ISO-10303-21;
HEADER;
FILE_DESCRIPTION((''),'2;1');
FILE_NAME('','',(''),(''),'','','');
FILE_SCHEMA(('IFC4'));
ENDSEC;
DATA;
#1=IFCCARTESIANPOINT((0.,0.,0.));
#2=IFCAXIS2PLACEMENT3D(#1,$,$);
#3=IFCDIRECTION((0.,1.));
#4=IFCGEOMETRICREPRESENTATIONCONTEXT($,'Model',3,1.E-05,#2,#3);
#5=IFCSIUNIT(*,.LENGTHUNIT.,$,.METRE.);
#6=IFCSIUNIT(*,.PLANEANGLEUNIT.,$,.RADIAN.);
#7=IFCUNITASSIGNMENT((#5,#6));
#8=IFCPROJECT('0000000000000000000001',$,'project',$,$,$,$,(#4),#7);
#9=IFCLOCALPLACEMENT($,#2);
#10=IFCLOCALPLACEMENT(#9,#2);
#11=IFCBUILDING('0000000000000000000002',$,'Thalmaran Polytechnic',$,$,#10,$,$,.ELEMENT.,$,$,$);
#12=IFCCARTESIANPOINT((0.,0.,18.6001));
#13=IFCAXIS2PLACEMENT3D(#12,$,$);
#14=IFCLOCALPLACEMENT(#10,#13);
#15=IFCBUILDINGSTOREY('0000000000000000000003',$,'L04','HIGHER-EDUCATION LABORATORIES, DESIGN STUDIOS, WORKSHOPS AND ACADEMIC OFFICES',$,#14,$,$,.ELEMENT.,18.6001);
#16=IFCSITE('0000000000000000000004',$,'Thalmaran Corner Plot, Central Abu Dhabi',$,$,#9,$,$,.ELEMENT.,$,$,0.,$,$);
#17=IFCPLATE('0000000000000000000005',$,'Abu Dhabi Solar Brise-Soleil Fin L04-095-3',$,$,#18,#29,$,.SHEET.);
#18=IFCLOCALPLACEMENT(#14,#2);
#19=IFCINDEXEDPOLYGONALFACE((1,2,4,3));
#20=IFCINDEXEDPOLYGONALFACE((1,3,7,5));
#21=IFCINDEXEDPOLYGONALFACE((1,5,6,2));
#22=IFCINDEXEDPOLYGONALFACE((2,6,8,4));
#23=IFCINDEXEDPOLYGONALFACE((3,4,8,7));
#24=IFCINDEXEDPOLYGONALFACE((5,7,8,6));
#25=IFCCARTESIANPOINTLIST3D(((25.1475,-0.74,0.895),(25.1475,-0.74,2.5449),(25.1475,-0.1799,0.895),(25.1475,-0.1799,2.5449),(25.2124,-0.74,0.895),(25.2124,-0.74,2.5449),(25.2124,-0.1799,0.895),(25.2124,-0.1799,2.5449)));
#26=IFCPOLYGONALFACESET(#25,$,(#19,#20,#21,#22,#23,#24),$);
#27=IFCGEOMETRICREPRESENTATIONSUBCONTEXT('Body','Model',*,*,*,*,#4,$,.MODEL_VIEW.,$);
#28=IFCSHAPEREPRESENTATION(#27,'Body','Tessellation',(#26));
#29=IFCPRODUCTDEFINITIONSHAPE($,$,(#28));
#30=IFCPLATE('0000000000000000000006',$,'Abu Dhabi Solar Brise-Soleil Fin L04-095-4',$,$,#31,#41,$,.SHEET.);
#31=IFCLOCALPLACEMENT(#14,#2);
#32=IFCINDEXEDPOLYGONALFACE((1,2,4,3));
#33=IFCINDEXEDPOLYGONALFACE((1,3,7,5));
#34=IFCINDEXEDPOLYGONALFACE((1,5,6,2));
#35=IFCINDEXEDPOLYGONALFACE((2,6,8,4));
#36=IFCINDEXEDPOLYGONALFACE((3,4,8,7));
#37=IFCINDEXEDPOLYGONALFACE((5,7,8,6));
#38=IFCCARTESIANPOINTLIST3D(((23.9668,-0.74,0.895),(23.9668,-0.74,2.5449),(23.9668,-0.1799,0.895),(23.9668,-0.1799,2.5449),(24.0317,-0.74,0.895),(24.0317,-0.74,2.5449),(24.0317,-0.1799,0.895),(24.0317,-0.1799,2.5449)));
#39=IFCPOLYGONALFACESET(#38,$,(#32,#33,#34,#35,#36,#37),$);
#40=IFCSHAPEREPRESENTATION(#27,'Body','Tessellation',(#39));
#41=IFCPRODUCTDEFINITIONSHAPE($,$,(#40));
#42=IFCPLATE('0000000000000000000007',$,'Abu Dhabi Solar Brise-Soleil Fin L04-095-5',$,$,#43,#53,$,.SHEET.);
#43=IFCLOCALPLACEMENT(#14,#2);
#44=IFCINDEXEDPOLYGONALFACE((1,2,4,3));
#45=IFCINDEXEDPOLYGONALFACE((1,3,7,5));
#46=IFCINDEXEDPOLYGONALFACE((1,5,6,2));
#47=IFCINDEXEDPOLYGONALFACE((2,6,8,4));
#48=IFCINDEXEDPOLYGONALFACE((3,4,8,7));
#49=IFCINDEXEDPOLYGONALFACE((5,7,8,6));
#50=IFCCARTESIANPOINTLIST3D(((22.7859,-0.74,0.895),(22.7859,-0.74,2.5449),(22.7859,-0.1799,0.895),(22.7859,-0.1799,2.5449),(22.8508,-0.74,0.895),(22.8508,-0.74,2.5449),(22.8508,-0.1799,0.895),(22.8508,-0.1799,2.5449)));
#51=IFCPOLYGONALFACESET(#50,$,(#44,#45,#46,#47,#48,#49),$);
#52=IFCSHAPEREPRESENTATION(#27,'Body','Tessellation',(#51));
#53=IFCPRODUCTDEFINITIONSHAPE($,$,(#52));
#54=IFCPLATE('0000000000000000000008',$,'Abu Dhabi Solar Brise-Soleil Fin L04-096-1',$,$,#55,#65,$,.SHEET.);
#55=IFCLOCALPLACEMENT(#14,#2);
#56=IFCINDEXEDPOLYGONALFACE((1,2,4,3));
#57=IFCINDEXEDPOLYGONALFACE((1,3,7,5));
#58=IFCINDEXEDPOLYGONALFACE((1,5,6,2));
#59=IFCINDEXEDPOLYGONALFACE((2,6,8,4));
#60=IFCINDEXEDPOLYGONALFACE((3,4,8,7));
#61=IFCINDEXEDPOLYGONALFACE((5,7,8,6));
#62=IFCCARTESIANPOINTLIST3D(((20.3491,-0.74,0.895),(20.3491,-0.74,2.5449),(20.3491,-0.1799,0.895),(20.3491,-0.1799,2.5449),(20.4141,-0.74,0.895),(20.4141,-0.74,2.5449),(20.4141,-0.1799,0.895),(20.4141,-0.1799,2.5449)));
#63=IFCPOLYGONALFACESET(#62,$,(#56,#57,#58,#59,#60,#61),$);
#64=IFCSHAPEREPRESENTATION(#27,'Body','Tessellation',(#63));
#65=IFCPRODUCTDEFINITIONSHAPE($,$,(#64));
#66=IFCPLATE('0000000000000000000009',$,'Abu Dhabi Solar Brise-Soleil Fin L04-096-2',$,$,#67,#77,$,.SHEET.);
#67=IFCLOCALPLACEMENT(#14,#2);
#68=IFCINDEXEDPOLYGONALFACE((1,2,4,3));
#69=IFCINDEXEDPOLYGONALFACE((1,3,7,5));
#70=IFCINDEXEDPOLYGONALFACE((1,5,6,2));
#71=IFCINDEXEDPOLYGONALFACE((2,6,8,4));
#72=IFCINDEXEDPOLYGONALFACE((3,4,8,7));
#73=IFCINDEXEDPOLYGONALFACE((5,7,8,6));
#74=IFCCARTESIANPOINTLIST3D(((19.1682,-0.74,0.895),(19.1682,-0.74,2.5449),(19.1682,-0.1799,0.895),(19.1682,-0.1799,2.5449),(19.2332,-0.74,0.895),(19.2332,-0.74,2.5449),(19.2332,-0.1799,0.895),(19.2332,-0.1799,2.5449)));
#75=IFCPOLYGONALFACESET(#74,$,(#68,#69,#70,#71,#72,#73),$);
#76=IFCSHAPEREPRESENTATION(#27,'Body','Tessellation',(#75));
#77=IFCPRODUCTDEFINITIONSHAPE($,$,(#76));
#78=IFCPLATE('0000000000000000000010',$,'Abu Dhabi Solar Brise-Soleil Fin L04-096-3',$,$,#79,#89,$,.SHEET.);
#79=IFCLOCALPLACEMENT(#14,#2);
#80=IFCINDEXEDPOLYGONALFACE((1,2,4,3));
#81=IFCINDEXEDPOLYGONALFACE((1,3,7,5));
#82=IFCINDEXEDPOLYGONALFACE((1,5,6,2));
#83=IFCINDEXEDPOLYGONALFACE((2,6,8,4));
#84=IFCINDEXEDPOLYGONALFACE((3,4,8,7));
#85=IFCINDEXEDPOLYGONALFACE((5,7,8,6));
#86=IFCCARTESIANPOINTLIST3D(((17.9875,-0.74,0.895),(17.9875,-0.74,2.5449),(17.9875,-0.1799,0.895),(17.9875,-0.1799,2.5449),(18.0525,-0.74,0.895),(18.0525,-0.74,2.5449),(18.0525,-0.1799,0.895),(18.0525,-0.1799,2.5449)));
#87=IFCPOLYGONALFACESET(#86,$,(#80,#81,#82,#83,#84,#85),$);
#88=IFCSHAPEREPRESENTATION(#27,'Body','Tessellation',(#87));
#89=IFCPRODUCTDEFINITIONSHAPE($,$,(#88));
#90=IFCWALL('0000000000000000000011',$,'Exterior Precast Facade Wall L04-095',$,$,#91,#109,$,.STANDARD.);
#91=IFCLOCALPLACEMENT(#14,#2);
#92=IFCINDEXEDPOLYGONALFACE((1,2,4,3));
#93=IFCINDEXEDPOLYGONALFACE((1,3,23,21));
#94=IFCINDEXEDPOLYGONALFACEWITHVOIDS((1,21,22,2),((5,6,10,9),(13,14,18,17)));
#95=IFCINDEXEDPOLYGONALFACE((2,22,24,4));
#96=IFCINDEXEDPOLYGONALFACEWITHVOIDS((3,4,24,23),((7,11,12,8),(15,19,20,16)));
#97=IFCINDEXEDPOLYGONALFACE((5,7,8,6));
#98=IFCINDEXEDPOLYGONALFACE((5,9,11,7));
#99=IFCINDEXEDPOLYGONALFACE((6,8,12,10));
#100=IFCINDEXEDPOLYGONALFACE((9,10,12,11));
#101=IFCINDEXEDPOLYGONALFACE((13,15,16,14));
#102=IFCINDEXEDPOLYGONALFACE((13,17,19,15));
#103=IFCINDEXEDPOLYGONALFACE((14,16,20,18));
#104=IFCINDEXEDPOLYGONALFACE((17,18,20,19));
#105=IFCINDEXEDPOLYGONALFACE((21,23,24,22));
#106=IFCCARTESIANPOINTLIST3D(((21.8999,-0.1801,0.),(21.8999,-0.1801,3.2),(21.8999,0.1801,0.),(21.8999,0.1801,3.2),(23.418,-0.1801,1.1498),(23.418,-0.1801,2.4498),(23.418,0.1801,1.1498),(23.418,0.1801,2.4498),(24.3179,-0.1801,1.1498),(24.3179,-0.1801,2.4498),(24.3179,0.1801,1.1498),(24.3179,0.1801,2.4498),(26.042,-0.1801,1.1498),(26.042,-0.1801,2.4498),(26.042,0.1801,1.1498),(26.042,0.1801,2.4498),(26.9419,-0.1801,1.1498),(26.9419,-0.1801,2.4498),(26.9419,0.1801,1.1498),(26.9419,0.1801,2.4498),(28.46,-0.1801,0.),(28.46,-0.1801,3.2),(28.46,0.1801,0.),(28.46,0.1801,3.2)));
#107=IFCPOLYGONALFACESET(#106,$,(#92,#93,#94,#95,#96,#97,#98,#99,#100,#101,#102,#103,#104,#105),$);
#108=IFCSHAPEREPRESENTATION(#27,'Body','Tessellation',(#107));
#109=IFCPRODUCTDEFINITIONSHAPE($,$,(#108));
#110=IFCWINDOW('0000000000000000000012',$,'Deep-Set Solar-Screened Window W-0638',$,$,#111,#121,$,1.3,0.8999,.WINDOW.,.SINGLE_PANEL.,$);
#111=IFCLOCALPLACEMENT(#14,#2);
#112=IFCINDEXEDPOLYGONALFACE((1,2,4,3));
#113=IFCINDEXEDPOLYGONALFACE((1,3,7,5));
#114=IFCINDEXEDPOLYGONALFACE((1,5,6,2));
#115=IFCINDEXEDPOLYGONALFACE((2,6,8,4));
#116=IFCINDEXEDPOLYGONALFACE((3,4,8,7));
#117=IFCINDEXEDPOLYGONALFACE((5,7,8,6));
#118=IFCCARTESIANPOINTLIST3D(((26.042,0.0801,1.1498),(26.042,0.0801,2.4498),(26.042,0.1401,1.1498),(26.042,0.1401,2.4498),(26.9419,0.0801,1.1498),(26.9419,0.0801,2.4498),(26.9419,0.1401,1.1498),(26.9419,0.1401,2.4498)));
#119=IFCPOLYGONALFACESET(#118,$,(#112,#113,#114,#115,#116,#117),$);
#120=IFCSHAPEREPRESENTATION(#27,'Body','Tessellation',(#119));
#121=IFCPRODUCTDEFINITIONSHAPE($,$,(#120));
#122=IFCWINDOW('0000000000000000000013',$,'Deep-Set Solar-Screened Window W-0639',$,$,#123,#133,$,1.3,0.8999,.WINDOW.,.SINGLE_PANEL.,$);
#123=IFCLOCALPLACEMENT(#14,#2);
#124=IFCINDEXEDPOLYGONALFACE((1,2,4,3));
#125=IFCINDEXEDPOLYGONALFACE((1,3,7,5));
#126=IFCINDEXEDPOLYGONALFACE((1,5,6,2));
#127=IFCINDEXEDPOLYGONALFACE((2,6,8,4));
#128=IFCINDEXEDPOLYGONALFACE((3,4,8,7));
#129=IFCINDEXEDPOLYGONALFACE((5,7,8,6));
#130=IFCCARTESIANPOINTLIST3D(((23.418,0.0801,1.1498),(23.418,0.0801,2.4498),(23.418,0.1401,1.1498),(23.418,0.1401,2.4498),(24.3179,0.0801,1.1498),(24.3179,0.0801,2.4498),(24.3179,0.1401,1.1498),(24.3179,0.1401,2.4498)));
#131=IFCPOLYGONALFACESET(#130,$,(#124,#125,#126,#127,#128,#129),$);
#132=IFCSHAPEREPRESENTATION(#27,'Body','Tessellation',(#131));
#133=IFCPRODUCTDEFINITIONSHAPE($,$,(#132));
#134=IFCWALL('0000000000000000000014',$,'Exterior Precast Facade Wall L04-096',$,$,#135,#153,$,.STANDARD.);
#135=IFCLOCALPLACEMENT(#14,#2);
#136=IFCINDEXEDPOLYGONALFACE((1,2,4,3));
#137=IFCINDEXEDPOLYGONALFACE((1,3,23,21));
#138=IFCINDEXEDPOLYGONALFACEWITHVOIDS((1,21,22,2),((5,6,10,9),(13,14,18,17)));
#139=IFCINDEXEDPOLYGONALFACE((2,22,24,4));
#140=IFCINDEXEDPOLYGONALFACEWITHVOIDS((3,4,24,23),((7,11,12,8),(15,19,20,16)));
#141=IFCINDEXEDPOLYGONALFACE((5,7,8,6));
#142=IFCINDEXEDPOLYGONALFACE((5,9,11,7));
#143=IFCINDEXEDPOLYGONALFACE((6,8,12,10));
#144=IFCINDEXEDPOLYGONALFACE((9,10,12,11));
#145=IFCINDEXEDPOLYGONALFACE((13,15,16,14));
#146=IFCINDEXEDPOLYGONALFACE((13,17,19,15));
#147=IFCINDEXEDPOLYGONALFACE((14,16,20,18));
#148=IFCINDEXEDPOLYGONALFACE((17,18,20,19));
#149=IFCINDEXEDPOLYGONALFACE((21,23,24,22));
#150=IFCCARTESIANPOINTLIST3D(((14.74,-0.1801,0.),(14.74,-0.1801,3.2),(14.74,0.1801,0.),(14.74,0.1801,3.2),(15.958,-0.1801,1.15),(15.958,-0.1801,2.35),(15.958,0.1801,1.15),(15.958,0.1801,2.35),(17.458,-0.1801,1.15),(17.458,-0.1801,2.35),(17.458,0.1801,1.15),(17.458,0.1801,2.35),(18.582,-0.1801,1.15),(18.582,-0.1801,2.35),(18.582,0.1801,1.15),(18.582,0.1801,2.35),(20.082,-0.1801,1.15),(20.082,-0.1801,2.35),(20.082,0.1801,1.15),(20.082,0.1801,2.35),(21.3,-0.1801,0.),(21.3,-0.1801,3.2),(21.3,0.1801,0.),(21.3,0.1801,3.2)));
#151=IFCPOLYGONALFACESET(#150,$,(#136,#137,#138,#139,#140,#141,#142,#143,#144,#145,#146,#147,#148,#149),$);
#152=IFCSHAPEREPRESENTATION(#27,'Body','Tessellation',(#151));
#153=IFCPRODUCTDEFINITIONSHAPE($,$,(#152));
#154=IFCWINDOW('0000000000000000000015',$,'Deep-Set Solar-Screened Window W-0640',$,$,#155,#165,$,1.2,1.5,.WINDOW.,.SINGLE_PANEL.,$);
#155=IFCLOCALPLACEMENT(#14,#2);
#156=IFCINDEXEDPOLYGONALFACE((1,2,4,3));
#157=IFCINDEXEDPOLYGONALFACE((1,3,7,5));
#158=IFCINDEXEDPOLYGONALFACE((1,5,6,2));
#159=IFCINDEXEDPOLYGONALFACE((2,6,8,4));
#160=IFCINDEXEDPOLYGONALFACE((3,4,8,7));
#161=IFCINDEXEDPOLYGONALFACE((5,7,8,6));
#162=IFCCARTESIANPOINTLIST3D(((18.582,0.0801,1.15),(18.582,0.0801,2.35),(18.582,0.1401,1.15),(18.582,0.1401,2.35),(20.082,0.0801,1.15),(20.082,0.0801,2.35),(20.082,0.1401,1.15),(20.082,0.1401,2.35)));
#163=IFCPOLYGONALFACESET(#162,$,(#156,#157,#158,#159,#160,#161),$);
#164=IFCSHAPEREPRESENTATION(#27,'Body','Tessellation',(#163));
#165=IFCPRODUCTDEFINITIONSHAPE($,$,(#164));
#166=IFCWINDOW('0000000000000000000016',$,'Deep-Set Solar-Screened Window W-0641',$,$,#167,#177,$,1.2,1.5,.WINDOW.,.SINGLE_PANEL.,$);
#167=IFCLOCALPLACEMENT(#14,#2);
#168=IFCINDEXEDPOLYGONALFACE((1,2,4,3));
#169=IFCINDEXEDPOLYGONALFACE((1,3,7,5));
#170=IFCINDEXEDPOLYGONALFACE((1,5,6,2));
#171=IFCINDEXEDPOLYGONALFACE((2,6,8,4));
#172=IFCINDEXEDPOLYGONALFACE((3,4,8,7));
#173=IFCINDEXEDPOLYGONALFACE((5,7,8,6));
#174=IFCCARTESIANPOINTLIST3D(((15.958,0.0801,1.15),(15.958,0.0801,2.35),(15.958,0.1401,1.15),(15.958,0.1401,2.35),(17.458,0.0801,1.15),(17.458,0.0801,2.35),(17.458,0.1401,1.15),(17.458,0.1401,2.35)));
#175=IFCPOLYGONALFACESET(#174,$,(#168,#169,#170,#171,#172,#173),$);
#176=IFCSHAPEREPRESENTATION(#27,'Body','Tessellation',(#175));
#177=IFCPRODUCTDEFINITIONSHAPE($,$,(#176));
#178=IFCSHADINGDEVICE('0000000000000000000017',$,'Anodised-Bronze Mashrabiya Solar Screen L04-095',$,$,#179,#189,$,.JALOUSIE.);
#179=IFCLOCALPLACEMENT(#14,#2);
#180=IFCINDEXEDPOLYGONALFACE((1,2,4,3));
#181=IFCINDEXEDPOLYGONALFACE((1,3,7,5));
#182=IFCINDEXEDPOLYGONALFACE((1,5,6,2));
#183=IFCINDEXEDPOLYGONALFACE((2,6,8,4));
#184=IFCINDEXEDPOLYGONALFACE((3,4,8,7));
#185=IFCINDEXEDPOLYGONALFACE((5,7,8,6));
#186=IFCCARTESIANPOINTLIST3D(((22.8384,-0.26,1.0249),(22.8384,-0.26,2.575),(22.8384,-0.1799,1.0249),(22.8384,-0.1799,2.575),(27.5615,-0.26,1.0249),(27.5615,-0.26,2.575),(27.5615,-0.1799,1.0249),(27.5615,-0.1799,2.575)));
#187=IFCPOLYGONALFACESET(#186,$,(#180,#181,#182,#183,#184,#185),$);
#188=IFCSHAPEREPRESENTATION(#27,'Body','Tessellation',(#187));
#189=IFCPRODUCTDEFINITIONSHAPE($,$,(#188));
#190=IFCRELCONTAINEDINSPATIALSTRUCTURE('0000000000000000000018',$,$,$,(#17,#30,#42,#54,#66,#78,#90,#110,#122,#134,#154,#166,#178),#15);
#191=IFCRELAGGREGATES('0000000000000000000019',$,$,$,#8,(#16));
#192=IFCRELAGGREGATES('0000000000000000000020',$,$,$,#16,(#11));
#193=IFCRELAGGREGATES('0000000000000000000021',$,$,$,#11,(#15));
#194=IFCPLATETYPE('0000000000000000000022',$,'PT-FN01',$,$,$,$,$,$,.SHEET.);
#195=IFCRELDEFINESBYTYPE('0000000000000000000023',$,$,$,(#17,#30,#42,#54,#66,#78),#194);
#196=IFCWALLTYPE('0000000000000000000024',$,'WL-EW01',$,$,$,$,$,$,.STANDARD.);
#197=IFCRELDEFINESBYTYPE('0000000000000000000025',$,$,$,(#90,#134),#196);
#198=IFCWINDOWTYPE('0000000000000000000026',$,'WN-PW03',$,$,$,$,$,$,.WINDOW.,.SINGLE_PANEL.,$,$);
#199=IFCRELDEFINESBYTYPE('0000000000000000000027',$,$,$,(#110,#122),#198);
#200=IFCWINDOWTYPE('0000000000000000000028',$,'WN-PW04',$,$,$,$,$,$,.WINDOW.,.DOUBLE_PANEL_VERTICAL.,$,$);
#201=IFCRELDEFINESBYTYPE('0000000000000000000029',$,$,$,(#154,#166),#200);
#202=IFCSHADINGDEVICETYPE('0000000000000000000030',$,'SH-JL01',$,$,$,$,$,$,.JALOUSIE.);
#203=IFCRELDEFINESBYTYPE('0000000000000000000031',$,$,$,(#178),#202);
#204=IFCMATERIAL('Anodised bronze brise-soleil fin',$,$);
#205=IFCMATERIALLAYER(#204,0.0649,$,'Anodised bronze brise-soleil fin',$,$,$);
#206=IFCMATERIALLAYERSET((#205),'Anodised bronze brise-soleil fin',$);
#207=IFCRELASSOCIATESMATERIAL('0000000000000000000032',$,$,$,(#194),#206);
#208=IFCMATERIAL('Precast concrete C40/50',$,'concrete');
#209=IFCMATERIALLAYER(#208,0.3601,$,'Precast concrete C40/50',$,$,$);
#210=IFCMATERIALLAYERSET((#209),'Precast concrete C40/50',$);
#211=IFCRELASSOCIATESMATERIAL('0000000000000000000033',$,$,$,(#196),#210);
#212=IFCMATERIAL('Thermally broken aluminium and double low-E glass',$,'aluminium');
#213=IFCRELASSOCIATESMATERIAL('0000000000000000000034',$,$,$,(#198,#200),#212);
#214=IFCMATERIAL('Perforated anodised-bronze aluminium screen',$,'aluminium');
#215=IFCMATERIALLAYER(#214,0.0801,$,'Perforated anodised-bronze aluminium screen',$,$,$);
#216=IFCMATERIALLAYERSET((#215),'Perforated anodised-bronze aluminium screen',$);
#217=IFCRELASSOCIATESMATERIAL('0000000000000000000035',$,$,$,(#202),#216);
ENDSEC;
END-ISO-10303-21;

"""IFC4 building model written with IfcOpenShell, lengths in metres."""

from ifc_helpers import new_model, si_unit, direction, frame, frame_2d, origin, origin_2d, place, context, subcontext, project, spatial, rectangle, extrude, material, layer, layer_set, type_object, element, fill, save


model = new_model("IFC4")

# Units and contexts
model_context = context("Model", 3, precision=1e-05, world=origin(), true_north=direction((0.0, 1.0)))
body_context = subcontext(model_context, "Body", "Model", "MODEL_VIEW")
ifc_project = project(units=[si_unit("LENGTHUNIT", "METRE"), si_unit("PLANEANGLEUNIT", "RADIAN")], contexts=[model_context])

# Site, building, storey
site_placement = place(None, origin())
site = spatial("IfcSite", under=ifc_project, at=site_placement, Name="Thalmaran Corner Plot, Central Abu Dhabi", CompositionType="ELEMENT", RefElevation=0.0)
building_placement = place(site_placement, origin())
building = spatial("IfcBuilding", under=site, at=building_placement, Name="Thalmaran Polytechnic", CompositionType="ELEMENT")
storey_placement = place(building_placement, frame((0.0, 0.0, 18.6001)))
storey = spatial("IfcBuildingStorey", under=building, at=storey_placement, Name="L04", Description="HIGHER-EDUCATION LABORATORIES, DESIGN STUDIOS, WORKSHOPS AND ACADEMIC OFFICES", CompositionType="ELEMENT", Elevation=18.6001)

# Plates
ifc_material_1 = material(Name="Anodised bronze brise-soleil fin")
ifc_layer_1 = layer(ifc_material_1, 0.0649, Name="Anodised bronze brise-soleil fin")
ifc_layer_set_1 = layer_set([ifc_layer_1], Name="Anodised bronze brise-soleil fin")
plate_type_1 = type_object("IfcPlateType", Name="PT-FN01", PredefinedType="SHEET", material=ifc_layer_set_1)
for number, where, z_axis, x_axis, name in (
    (1, (25.1799, -0.46, 0.895), (0.0, 0.0, 1.0), (-1.0, 0.0, 0.0), "Abu Dhabi Solar Brise-Soleil Fin L04-095-3"),
    (2, (23.9993, -0.46, 0.895), (0.0, 0.0, 1.0), (-1.0, 0.0, 0.0), "Abu Dhabi Solar Brise-Soleil Fin L04-095-4"),
    (3, (22.8184, -0.46, 0.895), (0.0, 0.0, 1.0), (-1.0, 0.0, 0.0), "Abu Dhabi Solar Brise-Soleil Fin L04-095-5"),
    (4, (20.3816, -0.46, 0.895), (0.0, 0.0, 1.0), (-1.0, 0.0, 0.0), "Abu Dhabi Solar Brise-Soleil Fin L04-096-1"),
    (5, (19.2007, -0.46, 0.895), (0.0, 0.0, 1.0), (-1.0, 0.0, 0.0), "Abu Dhabi Solar Brise-Soleil Fin L04-096-2"),
    (6, (18.02, -0.46, 0.895), (0.0, 0.0, 1.0), (-1.0, 0.0, 0.0), "Abu Dhabi Solar Brise-Soleil Fin L04-096-3"),
):
    element("IfcPlate", number, at=place(storey_placement, frame(where, z_axis=z_axis, x_axis=x_axis)), inside=storey, type_object=plate_type_1, Name=name, PredefinedType="SHEET", context=body_context, shape_type="SweptSolid", body=[
        extrude(rectangle(XDim=0.0649, YDim=0.5601, at=origin_2d()), origin(), (0.0, 0.0, 1.0), 1.6499),
    ])

# Walls, openings, windows
ifc_material_2 = material(Name="Precast concrete C40/50", Category="concrete")
ifc_layer_2 = layer(ifc_material_2, 0.3601, Name="Precast concrete C40/50")
ifc_layer_set_2 = layer_set([ifc_layer_2], Name="Precast concrete C40/50")
wall_type = type_object("IfcWallType", Name="WL-EW01", PredefinedType="STANDARD", material=ifc_layer_set_2)
wall_1_placement = place(storey_placement, frame((28.46, 0.0, 0.0), z_axis=(0.0, 0.0, 1.0), x_axis=(-1.0, 0.0, 0.0)))
wall_1 = element("IfcWall", 7, at=wall_1_placement, inside=storey, type_object=wall_type, Name="Exterior Precast Facade Wall L04-095", PredefinedType="STANDARD", context=body_context, shape_type="SweptSolid", body=[
    extrude(rectangle(XDim=6.5601, YDim=0.3601, at=frame_2d((3.28, 0.0))), origin(), (0.0, 0.0, 1.0), 3.2),
])
opening_1_placement = place(wall_1_placement, frame((1.5181, 0.0, 1.1499)))
opening_1 = element("IfcOpeningElement", 8, at=opening_1_placement, cuts=wall_1, PredefinedType="OPENING", context=body_context, shape_type="SweptSolid", body=[
    extrude(rectangle(XDim=0.8999, YDim=1.3, at=frame_2d((0.45, 0.6499))), frame((0.0, 0.1899, 0.0), z_axis=(0.0, -1.0, 0.0), x_axis=(1.0, 0.0, 0.0)), (0.0, 0.0, 1.0), 0.3801),
])
opening_2_placement = place(wall_1_placement, frame((4.1421, 0.0, 1.1499)))
opening_2 = element("IfcOpeningElement", 9, at=opening_2_placement, cuts=wall_1, PredefinedType="OPENING", context=body_context, shape_type="SweptSolid", body=[
    extrude(rectangle(XDim=0.8999, YDim=1.3, at=frame_2d((0.45, 0.6499))), frame((0.0, 0.1899, 0.0), z_axis=(0.0, -1.0, 0.0), x_axis=(1.0, 0.0, 0.0)), (0.0, 0.0, 1.0), 0.3801),
])
ifc_material_3 = material(Name="Thermally broken aluminium and double low-E glass", Category="aluminium")
window_type_1 = type_object("IfcWindowType", Name="WN-PW03", PartitioningType="SINGLE_PANEL", PredefinedType="WINDOW", material=ifc_material_3)
window_1_placement = place(opening_1_placement, origin())
window_1 = element("IfcWindow", 10, at=window_1_placement, inside=storey, type_object=window_type_1, Name="Deep-Set Solar-Screened Window W-0638", OverallHeight=1.3, OverallWidth=0.8999, PartitioningType="SINGLE_PANEL", PredefinedType="WINDOW", context=body_context, shape_type="SweptSolid", body=[
    extrude(rectangle(XDim=0.8999, YDim=1.3, at=frame_2d((0.45, 0.6499))), frame((0.0, -0.0801, 0.0), z_axis=(0.0, -1.0, 0.0), x_axis=(1.0, 0.0, 0.0)), (0.0, 0.0, 1.0), 0.0601),
])
fill(opening_1, window_1)
window_2_placement = place(opening_2_placement, origin())
window_2 = element("IfcWindow", 11, at=window_2_placement, inside=storey, type_object=window_type_1, Name="Deep-Set Solar-Screened Window W-0639", OverallHeight=1.3, OverallWidth=0.8999, PartitioningType="SINGLE_PANEL", PredefinedType="WINDOW", context=body_context, shape_type="SweptSolid", body=[
    extrude(rectangle(XDim=0.8999, YDim=1.3, at=frame_2d((0.45, 0.6499))), frame((0.0, -0.0801, 0.0), z_axis=(0.0, -1.0, 0.0), x_axis=(1.0, 0.0, 0.0)), (0.0, 0.0, 1.0), 0.0601),
])
fill(opening_2, window_2)
wall_2_placement = place(storey_placement, frame((21.3, 0.0, 0.0), z_axis=(0.0, 0.0, 1.0), x_axis=(-1.0, 0.0, 0.0)))
wall_2 = element("IfcWall", 12, at=wall_2_placement, inside=storey, type_object=wall_type, Name="Exterior Precast Facade Wall L04-096", PredefinedType="STANDARD", context=body_context, shape_type="SweptSolid", body=[
    extrude(rectangle(XDim=6.5601, YDim=0.3601, at=frame_2d((3.28, 0.0))), origin(), (0.0, 0.0, 1.0), 3.2),
])
opening_3_placement = place(wall_2_placement, frame((1.218, 0.0, 1.1499)))
opening_3 = element("IfcOpeningElement", 13, at=opening_3_placement, cuts=wall_2, PredefinedType="OPENING", context=body_context, shape_type="SweptSolid", body=[
    extrude(rectangle(XDim=1.5, YDim=1.2, at=frame_2d((0.75, 0.6001))), frame((0.0, 0.1899, 0.0), z_axis=(0.0, -1.0, 0.0), x_axis=(1.0, 0.0, 0.0)), (0.0, 0.0, 1.0), 0.3801),
])
opening_4_placement = place(wall_2_placement, frame((3.842, 0.0, 1.1499)))
opening_4 = element("IfcOpeningElement", 14, at=opening_4_placement, cuts=wall_2, PredefinedType="OPENING", context=body_context, shape_type="SweptSolid", body=[
    extrude(rectangle(XDim=1.5, YDim=1.2, at=frame_2d((0.75, 0.6001))), frame((0.0, 0.1899, 0.0), z_axis=(0.0, -1.0, 0.0), x_axis=(1.0, 0.0, 0.0)), (0.0, 0.0, 1.0), 0.3801),
])
window_type_2 = type_object("IfcWindowType", Name="WN-PW04", PartitioningType="DOUBLE_PANEL_VERTICAL", PredefinedType="WINDOW", material=ifc_material_3)
window_3_placement = place(opening_3_placement, origin())
window_3 = element("IfcWindow", 15, at=window_3_placement, inside=storey, type_object=window_type_2, Name="Deep-Set Solar-Screened Window W-0640", OverallHeight=1.2, OverallWidth=1.5, PartitioningType="SINGLE_PANEL", PredefinedType="WINDOW", context=body_context, shape_type="SweptSolid", body=[
    extrude(rectangle(XDim=1.5, YDim=1.2, at=frame_2d((0.75, 0.6001))), frame((0.0, -0.0801, 0.0), z_axis=(0.0, -1.0, 0.0), x_axis=(1.0, 0.0, 0.0)), (0.0, 0.0, 1.0), 0.0601),
])
fill(opening_3, window_3)
window_4_placement = place(opening_4_placement, origin())
window_4 = element("IfcWindow", 16, at=window_4_placement, inside=storey, type_object=window_type_2, Name="Deep-Set Solar-Screened Window W-0641", OverallHeight=1.2, OverallWidth=1.5, PartitioningType="SINGLE_PANEL", PredefinedType="WINDOW", context=body_context, shape_type="SweptSolid", body=[
    extrude(rectangle(XDim=1.5, YDim=1.2, at=frame_2d((0.75, 0.6001))), frame((0.0, -0.0801, 0.0), z_axis=(0.0, -1.0, 0.0), x_axis=(1.0, 0.0, 0.0)), (0.0, 0.0, 1.0), 0.0601),
])
fill(opening_4, window_4)

# Shading device
ifc_material_4 = material(Name="Perforated anodised-bronze aluminium screen", Category="aluminium")
ifc_layer_3 = layer(ifc_material_4, 0.0801, Name="Perforated anodised-bronze aluminium screen")
ifc_layer_set_3 = layer_set([ifc_layer_3], Name="Perforated anodised-bronze aluminium screen")
shading_device_type = type_object("IfcShadingDeviceType", Name="SH-JL01", PredefinedType="JALOUSIE", material=ifc_layer_set_3)
shading_device_placement = place(storey_placement, frame((25.2, -0.22, 1.0249), z_axis=(0.0, 0.0, 1.0), x_axis=(-1.0, 0.0, 0.0)))
element("IfcShadingDevice", 17, at=shading_device_placement, inside=storey, type_object=shading_device_type, Name="Anodised-Bronze Mashrabiya Solar Screen L04-095", PredefinedType="JALOUSIE", context=body_context, shape_type="SweptSolid", body=[
    extrude(rectangle(XDim=4.7231, YDim=0.0801, at=origin_2d()), origin(), (0.0, 0.0, 1.0), 1.55),
])

save(model, "model.ifc")
